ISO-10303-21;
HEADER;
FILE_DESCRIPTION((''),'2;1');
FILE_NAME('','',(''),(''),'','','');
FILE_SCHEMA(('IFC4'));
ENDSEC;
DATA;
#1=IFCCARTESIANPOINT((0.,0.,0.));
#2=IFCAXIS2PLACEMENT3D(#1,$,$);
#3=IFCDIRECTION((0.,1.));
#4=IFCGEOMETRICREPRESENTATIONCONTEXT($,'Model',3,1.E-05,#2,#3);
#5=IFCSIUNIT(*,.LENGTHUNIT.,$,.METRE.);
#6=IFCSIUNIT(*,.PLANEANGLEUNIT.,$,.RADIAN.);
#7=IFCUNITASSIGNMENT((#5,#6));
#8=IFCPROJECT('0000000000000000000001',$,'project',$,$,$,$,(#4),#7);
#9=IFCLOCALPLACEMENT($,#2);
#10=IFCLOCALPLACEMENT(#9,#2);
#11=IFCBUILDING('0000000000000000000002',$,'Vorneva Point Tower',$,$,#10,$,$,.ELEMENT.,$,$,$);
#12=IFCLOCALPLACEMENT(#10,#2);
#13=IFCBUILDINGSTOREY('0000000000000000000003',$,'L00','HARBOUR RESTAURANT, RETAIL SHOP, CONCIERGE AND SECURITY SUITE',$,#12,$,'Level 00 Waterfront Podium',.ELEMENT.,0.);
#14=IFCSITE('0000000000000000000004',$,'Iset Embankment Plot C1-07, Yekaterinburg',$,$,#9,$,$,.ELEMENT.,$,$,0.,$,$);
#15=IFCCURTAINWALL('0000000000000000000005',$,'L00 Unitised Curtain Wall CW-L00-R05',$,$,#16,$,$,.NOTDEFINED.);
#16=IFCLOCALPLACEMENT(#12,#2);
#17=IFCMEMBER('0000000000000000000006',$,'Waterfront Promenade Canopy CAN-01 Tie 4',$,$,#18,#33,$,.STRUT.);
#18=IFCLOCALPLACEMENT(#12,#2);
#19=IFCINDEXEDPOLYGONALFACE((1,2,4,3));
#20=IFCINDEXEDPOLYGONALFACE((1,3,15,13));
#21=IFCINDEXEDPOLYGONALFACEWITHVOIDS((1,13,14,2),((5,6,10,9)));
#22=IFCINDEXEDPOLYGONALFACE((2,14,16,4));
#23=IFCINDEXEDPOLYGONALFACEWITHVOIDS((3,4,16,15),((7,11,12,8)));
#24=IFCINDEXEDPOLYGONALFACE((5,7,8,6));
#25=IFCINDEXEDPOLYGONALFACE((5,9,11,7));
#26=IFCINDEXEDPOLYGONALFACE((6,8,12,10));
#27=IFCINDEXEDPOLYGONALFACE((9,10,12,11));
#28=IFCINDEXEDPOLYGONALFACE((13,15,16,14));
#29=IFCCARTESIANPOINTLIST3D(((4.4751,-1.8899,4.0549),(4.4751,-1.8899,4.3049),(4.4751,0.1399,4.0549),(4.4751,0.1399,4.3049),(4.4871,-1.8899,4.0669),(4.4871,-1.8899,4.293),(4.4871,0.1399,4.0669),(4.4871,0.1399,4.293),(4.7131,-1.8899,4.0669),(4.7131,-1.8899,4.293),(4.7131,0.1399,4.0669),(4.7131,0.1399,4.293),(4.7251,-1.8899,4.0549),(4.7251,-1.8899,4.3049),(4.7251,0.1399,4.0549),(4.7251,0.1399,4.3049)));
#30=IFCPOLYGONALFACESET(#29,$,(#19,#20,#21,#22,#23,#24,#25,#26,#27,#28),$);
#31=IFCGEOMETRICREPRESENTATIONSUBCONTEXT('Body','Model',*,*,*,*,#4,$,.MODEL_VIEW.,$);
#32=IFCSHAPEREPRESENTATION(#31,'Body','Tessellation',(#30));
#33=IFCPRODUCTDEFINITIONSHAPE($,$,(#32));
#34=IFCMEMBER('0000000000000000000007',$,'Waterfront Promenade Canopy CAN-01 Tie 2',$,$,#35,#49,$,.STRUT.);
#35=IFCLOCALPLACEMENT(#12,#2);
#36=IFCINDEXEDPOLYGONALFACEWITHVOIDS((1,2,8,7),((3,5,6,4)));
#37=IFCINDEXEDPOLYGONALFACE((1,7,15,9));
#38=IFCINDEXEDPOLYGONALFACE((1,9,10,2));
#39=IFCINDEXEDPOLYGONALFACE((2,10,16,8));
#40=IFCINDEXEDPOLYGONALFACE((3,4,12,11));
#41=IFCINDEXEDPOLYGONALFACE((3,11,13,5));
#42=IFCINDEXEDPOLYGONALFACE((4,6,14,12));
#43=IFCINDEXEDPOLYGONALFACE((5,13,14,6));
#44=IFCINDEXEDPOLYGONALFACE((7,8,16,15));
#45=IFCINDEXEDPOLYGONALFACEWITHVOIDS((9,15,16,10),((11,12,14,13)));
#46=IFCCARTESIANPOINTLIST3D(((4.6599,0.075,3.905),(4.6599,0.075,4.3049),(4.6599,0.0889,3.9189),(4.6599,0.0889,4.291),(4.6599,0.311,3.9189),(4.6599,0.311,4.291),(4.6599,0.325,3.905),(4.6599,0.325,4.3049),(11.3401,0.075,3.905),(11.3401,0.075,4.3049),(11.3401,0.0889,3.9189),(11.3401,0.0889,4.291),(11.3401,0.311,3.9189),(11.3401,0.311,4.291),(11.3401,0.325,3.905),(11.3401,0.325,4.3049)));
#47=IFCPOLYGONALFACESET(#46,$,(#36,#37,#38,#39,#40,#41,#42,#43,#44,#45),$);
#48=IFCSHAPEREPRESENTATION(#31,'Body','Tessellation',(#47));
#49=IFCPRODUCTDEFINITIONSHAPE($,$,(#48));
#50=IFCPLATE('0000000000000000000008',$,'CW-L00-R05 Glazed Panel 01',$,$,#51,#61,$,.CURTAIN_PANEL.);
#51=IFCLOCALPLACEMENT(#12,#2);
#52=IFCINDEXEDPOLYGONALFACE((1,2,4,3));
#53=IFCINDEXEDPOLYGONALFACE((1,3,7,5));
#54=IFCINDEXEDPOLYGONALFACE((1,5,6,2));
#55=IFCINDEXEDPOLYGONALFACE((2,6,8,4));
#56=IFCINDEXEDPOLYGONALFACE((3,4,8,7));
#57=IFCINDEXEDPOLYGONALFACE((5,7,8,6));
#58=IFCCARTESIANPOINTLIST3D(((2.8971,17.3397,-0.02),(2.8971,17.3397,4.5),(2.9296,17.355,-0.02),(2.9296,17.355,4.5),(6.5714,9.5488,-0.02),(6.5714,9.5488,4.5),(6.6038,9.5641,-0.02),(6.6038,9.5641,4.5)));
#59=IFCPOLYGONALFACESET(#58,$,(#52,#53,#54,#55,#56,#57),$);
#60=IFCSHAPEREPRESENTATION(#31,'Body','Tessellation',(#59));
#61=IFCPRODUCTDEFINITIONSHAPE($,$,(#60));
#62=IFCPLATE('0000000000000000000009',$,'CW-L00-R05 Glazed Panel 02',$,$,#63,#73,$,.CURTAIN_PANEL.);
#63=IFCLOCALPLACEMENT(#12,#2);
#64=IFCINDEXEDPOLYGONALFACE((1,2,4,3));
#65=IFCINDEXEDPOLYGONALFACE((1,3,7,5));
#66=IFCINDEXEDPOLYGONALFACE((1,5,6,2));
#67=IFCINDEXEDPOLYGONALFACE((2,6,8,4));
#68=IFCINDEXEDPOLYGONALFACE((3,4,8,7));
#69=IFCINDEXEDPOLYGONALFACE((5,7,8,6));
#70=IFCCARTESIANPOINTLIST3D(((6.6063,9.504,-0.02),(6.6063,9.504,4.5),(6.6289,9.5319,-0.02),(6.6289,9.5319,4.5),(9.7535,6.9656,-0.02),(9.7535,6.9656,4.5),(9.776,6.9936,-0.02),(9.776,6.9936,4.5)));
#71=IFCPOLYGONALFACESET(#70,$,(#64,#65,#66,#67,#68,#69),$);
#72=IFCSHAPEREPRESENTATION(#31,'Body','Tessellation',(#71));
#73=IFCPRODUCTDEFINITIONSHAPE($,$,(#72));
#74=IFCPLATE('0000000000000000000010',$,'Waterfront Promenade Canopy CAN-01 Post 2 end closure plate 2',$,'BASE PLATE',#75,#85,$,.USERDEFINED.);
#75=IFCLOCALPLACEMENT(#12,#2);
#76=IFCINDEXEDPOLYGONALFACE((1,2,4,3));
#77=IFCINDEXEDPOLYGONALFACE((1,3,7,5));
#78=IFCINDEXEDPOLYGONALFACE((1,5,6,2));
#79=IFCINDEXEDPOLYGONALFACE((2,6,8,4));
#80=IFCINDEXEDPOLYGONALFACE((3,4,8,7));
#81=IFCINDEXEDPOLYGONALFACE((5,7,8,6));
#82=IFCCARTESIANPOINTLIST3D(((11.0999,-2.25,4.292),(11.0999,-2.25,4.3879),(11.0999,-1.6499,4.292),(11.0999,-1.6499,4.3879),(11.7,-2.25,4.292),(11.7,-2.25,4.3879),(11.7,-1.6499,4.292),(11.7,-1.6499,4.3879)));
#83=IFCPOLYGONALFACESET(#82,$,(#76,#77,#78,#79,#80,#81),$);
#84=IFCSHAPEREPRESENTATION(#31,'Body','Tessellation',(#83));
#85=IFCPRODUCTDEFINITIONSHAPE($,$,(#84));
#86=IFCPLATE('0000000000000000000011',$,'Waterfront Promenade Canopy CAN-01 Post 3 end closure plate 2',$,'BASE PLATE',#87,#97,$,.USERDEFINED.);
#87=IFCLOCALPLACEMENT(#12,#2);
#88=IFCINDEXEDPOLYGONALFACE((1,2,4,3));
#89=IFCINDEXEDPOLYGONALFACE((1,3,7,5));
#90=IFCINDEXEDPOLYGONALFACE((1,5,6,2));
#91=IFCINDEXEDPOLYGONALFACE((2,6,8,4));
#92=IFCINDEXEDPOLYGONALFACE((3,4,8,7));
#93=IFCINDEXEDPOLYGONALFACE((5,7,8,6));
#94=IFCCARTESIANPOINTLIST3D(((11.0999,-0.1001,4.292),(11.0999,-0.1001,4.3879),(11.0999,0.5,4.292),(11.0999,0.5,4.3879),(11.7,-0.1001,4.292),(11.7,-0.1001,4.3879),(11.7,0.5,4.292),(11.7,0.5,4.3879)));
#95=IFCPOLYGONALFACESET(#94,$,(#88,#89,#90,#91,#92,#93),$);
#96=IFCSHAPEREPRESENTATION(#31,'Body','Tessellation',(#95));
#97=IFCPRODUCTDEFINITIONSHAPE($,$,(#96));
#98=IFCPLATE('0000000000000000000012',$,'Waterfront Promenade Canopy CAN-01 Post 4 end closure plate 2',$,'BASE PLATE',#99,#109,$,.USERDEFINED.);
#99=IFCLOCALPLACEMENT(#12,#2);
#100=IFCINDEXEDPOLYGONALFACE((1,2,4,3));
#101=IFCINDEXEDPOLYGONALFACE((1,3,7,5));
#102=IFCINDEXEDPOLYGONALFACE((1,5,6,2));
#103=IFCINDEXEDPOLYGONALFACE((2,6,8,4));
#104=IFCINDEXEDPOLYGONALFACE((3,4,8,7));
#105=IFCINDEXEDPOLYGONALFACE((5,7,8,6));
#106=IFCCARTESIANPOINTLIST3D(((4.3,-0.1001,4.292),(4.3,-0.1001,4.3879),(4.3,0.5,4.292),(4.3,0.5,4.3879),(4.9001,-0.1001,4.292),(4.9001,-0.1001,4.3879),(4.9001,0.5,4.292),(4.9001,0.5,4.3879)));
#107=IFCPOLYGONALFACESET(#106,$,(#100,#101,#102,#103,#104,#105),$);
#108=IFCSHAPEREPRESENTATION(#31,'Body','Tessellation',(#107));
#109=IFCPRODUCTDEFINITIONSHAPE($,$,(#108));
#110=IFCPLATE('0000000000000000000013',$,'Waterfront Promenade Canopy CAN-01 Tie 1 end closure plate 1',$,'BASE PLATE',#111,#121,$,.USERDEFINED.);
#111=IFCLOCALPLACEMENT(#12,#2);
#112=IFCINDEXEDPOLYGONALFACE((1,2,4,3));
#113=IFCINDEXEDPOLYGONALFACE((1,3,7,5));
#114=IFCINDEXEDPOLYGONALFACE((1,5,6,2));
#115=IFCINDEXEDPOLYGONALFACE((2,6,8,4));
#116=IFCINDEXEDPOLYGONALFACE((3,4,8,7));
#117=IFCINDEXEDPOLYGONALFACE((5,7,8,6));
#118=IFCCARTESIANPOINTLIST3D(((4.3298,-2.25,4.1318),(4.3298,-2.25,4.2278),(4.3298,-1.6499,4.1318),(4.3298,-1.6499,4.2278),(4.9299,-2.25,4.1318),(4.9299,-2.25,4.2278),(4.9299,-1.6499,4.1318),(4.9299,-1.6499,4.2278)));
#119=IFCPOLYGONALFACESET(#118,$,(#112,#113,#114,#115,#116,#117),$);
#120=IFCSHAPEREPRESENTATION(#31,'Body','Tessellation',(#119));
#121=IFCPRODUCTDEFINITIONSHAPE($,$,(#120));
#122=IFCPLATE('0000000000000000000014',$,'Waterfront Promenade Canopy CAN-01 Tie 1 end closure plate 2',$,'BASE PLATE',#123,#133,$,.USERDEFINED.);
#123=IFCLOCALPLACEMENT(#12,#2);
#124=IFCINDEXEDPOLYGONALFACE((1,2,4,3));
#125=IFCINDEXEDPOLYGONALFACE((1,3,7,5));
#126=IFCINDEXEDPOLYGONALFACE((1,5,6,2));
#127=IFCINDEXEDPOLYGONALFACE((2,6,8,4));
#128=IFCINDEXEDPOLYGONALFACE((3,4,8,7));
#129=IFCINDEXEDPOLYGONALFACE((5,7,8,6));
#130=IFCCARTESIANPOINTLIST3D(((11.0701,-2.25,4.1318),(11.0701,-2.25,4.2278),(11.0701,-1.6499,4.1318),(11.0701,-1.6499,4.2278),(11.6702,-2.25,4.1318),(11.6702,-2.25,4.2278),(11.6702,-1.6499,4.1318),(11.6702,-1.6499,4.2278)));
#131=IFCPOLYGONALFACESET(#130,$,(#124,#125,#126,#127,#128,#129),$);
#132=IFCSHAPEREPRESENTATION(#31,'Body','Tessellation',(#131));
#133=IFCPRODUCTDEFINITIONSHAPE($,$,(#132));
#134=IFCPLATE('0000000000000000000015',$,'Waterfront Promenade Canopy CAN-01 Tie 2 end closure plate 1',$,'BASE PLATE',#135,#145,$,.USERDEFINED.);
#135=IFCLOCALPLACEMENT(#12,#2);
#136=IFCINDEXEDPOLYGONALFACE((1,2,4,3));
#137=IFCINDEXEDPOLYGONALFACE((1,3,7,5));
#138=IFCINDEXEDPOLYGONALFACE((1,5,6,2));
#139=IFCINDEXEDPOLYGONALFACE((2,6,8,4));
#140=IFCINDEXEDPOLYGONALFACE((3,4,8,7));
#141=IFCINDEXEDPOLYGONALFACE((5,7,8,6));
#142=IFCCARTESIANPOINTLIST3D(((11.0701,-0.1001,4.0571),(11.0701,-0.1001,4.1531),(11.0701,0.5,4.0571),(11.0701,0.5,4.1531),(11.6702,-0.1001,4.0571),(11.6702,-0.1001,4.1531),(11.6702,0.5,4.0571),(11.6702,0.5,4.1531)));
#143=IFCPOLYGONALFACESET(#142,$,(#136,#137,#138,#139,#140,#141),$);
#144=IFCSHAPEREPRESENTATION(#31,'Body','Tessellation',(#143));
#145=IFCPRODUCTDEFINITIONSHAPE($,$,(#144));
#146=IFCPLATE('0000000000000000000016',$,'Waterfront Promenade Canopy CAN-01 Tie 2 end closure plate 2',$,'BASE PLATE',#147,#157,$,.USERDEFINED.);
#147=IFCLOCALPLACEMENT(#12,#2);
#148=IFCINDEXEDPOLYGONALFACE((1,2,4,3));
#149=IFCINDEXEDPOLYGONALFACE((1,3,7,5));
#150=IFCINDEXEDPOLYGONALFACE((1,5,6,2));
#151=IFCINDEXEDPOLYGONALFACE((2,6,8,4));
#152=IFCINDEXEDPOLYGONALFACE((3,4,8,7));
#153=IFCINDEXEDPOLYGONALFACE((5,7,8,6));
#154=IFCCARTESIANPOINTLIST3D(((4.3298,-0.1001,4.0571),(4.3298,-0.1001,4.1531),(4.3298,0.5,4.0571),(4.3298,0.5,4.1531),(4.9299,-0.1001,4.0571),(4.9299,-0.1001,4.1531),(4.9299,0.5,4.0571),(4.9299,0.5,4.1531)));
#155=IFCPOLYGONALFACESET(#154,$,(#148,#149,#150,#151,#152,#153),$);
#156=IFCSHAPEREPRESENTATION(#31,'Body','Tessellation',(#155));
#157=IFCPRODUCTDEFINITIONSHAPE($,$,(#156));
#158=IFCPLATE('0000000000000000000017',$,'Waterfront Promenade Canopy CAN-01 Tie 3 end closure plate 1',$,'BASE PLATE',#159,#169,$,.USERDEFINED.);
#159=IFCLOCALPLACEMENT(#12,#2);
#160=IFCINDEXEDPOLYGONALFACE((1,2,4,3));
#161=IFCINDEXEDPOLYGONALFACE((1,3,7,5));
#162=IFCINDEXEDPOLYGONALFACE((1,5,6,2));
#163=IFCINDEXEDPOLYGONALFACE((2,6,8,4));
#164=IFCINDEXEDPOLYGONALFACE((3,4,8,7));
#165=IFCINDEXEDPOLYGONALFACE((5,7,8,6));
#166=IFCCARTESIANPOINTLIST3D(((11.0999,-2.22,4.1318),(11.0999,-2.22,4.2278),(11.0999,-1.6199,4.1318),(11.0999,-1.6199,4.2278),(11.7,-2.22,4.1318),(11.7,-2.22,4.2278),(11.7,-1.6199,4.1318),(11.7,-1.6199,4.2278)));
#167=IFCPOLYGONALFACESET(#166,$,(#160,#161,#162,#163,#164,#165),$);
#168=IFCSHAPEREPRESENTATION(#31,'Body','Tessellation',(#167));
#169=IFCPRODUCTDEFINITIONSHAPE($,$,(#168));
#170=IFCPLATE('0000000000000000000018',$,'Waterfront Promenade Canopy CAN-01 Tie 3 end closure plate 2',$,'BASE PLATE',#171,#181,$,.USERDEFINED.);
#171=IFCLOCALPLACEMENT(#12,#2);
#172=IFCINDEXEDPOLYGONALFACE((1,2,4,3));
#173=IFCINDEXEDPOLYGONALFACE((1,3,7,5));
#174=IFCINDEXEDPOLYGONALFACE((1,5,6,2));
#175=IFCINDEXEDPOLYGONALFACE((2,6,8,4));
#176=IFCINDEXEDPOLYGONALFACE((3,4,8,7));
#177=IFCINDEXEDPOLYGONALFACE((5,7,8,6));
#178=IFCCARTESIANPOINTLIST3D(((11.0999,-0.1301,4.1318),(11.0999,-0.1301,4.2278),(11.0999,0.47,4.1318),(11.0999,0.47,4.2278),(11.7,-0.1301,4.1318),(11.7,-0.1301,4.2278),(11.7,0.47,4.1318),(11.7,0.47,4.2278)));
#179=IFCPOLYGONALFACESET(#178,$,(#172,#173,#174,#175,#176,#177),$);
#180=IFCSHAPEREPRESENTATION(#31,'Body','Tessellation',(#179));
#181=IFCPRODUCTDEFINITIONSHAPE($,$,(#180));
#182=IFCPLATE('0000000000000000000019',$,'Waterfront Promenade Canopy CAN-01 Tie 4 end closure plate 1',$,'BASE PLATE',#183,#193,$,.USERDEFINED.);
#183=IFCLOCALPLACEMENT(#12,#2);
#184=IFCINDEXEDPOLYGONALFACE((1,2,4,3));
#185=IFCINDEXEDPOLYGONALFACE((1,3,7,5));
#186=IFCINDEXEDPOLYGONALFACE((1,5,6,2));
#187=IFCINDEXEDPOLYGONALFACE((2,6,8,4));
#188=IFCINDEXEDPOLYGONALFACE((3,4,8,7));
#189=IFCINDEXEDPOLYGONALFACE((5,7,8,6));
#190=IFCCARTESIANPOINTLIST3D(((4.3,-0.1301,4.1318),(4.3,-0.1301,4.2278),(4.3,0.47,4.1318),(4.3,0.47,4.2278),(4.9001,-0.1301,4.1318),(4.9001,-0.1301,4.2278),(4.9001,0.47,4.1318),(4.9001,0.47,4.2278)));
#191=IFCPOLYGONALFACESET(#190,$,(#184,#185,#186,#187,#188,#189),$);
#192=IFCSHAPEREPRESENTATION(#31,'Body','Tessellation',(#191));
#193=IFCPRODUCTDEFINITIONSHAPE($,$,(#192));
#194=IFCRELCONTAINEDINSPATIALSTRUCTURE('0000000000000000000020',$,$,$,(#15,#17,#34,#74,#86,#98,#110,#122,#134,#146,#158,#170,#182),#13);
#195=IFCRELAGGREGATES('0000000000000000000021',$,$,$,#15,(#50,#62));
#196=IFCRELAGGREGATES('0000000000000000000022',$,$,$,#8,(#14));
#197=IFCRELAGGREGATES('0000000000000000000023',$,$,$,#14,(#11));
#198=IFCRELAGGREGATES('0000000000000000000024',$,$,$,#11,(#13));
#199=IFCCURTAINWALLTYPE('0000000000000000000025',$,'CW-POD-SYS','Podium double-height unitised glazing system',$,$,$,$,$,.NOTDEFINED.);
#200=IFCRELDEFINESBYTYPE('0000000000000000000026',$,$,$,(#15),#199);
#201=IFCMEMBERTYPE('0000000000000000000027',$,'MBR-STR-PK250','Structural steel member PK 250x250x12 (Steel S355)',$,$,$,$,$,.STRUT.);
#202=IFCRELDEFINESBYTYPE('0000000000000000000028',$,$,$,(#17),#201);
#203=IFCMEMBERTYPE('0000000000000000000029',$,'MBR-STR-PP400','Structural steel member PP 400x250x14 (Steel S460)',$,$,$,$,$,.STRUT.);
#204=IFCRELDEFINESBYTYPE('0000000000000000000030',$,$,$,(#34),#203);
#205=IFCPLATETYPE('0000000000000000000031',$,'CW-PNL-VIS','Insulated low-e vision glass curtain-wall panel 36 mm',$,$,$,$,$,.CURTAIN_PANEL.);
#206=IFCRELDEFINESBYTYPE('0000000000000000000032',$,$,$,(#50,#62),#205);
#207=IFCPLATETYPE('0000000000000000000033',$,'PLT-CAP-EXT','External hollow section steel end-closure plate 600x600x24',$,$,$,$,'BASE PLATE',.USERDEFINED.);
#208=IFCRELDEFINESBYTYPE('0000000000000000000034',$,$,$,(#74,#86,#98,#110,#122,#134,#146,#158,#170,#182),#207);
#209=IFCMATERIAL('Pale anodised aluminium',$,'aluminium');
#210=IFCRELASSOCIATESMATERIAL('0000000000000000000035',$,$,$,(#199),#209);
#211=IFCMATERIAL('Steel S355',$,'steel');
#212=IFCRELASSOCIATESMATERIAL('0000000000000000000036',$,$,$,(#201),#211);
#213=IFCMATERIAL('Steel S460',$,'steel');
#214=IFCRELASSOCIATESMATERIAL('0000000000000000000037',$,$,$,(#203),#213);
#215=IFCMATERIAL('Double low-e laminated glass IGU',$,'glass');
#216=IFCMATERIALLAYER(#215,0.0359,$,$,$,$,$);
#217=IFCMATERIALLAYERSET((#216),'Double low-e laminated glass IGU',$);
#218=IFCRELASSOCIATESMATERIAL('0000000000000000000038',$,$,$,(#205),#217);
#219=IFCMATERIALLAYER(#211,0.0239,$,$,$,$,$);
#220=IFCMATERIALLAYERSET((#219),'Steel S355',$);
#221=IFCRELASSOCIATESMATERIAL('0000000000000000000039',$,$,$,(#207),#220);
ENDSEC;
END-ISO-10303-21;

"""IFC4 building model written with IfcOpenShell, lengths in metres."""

from ifc_helpers import new_model, si_unit, direction, frame, origin, origin_2d, place, context, subcontext, project, spatial, rectangle, hollow_rectangle, extrude, material, layer, layer_set, material_profile, profile_set, type_object, element, aggregate, save


model = new_model("IFC4")

# Units and contexts
model_context = context("Model", 3, precision=1e-05, world=origin(), true_north=direction((0.0, 1.0)))
body_context = subcontext(model_context, "Body", "Model", "MODEL_VIEW")
ifc_project = project(units=[si_unit("LENGTHUNIT", "METRE"), si_unit("PLANEANGLEUNIT", "RADIAN")], contexts=[model_context])

# Site, building, storey
site_placement = place(None, origin())
site = spatial("IfcSite", under=ifc_project, at=site_placement, Name="Iset Embankment Plot C1-07, Yekaterinburg", CompositionType="ELEMENT", RefElevation=0.0)
building_placement = place(site_placement, origin())
building = spatial("IfcBuilding", under=site, at=building_placement, Name="Vorneva Point Tower", CompositionType="ELEMENT")
storey_placement = place(building_placement, origin())
storey = spatial("IfcBuildingStorey", under=building, at=storey_placement, Name="L00", Description="HARBOUR RESTAURANT, RETAIL SHOP, CONCIERGE AND SECURITY SUITE", LongName="Level 00 Waterfront Podium", CompositionType="ELEMENT", Elevation=0.0)

# Shared definitions
ifc_material_1 = material(Name="Steel S355", Category="steel")

# Curtain wall
ifc_material_2 = material(Name="Pale anodised aluminium", Category="aluminium")
curtain_wall_type = type_object("IfcCurtainWallType", Name="CW-POD-SYS", Description="Podium double-height unitised glazing system", PredefinedType="NOTDEFINED", material=ifc_material_2)
curtain_wall_1_placement = place(storey_placement, origin())
curtain_wall_1 = element("IfcCurtainWall", 1, at=curtain_wall_1_placement, inside=storey, type_object=curtain_wall_type, Name="L00 Unitised Curtain Wall CW-L00-R05", PredefinedType="NOTDEFINED")

# Members
ifc_material_profile_1 = material_profile(ifc_material_1, hollow_rectangle(XDim=0.25, YDim=0.25, WallThickness=0.012, at=origin_2d()), Name="PK 250x250x12")
ifc_profile_set_1 = profile_set([ifc_material_profile_1], Name="Steel S355")
member_type_1 = type_object("IfcMemberType", Name="MBR-STR-PK250", Description="Structural steel member PK 250x250x12 (Steel S355)", PredefinedType="STRUT", material=ifc_profile_set_1)
for number, where, z_axis, x_axis, name in (
    (2, (4.6001, 0.1399, 4.1799), (0.0, -1.0, 0.0), (1.0, 0.0, 0.0), "Waterfront Promenade Canopy CAN-01 Tie 4"),
):
    element("IfcMember", number, at=place(storey_placement, frame(where, z_axis=z_axis, x_axis=x_axis)), inside=storey, type_object=member_type_1, Name=name, PredefinedType="STRUT", context=body_context, shape_type="SweptSolid", body=[
        extrude(hollow_rectangle(XDim=0.25, YDim=0.25, WallThickness=0.012, at=origin_2d()), origin(), (0.0, 0.0, 1.0), 2.0298),
    ])
ifc_material_3 = material(Name="Steel S460", Category="steel")
ifc_material_profile_2 = material_profile(ifc_material_3, hollow_rectangle(XDim=0.25, YDim=0.3999, WallThickness=0.0139, at=origin_2d()), Name="PP 400x250x14")
ifc_profile_set_2 = profile_set([ifc_material_profile_2], Name="Steel S460")
member_type_2 = type_object("IfcMemberType", Name="MBR-STR-PP400", Description="Structural steel member PP 400x250x14 (Steel S460)", PredefinedType="STRUT", material=ifc_profile_set_2)
member_1_placement = place(storey_placement, frame((11.3401, 0.2, 4.105), z_axis=(-1.0, 0.0, 0.0), x_axis=(0.0, -1.0, 0.0)))
element("IfcMember", 3, at=member_1_placement, inside=storey, type_object=member_type_2, Name="Waterfront Promenade Canopy CAN-01 Tie 2", PredefinedType="STRUT", context=body_context, shape_type="SweptSolid", body=[
    extrude(hollow_rectangle(XDim=0.25, YDim=0.3999, WallThickness=0.0139, at=origin_2d()), origin(), (0.0, 0.0, 1.0), 6.6802),
])

# Plates
ifc_material_4 = material(Name="Double low-e laminated glass IGU", Category="glass")
ifc_layer_1 = layer(ifc_material_4, 0.0359)
ifc_layer_set_1 = layer_set([ifc_layer_1], Name="Double low-e laminated glass IGU")
plate_type_1 = type_object("IfcPlateType", Name="CW-PNL-VIS", Description="Insulated low-e vision glass curtain-wall panel 36 mm", PredefinedType="CURTAIN_PANEL", material=ifc_layer_set_1)
plate_1_placement = place(storey_placement, frame((4.7505, 13.4519, -0.02), z_axis=(0.0, 0.0, 1.0), x_axis=(0.426553, -0.904463, 0.0)))
plate_1 = element("IfcPlate", 4, at=plate_1_placement, type_object=plate_type_1, Name="CW-L00-R05 Glazed Panel 01", PredefinedType="CURTAIN_PANEL", context=body_context, shape_type="SweptSolid", body=[
    extrude(rectangle(XDim=8.6138, YDim=0.0359, at=origin_2d()), origin(), (0.0, 0.0, 1.0), 4.52),
])
plate_2_placement = place(storey_placement, frame((8.1912, 8.2488, -0.02), z_axis=(0.0, 0.0, 1.0), x_axis=(0.778375, -0.6278, 0.0)))
plate_2 = element("IfcPlate", 5, at=plate_2_placement, type_object=plate_type_1, Name="CW-L00-R05 Glazed Panel 02", PredefinedType="CURTAIN_PANEL", context=body_context, shape_type="SweptSolid", body=[
    extrude(rectangle(XDim=4.0432, YDim=0.0359, at=origin_2d()), origin(), (0.0, 0.0, 1.0), 4.52),
])
aggregate(curtain_wall_1, [plate_1, plate_2])

# Plates
ifc_layer_2 = layer(ifc_material_1, 0.0239)
ifc_layer_set_2 = layer_set([ifc_layer_2], Name="Steel S355")
plate_type_2 = type_object("IfcPlateType", Name="PLT-CAP-EXT", Description="External hollow section steel end-closure plate 600x600x24", ElementType="BASE PLATE", PredefinedType="USERDEFINED", material=ifc_layer_set_2)
for number, where, z_axis, x_axis, name in (
    (6, (11.3999, -1.95, 4.292), (0.0, 0.0, 1.0), (1.0, 0.0, 0.0), "Waterfront Promenade Canopy CAN-01 Post 2 end closure plate 2"),
    (7, (11.3999, 0.2, 4.292), (0.0, 0.0, 1.0), (1.0, 0.0, 0.0), "Waterfront Promenade Canopy CAN-01 Post 3 end closure plate 2"),
    (8, (4.6001, 0.2, 4.292), (0.0, 0.0, 1.0), (1.0, 0.0, 0.0), "Waterfront Promenade Canopy CAN-01 Post 4 end closure plate 2"),
    (9, (4.6299, -1.95, 4.1318), (0.0, 0.0, 1.0), (1.0, 0.0, 0.0), "Waterfront Promenade Canopy CAN-01 Tie 1 end closure plate 1"),
    (10, (11.3701, -1.95, 4.1318), (0.0, 0.0, 1.0), (1.0, 0.0, 0.0), "Waterfront Promenade Canopy CAN-01 Tie 1 end closure plate 2"),
    (11, (11.3701, 0.2, 4.0571), (0.0, 0.0, 1.0), (-1.0, 0.0, 0.0), "Waterfront Promenade Canopy CAN-01 Tie 2 end closure plate 1"),
    (12, (4.6299, 0.2, 4.0571), (0.0, 0.0, 1.0), (-1.0, 0.0, 0.0), "Waterfront Promenade Canopy CAN-01 Tie 2 end closure plate 2"),
    (13, (11.3999, -1.9199, 4.1318), (0.0, 0.0, 1.0), (0.0, 1.0, 0.0), "Waterfront Promenade Canopy CAN-01 Tie 3 end closure plate 1"),
    (14, (11.3999, 0.1699, 4.1318), (0.0, 0.0, 1.0), (0.0, 1.0, 0.0), "Waterfront Promenade Canopy CAN-01 Tie 3 end closure plate 2"),
    (15, (4.6001, 0.1699, 4.1318), (0.0, 0.0, 1.0), (0.0, -1.0, 0.0), "Waterfront Promenade Canopy CAN-01 Tie 4 end closure plate 1"),
):
    element("IfcPlate", number, at=place(storey_placement, frame(where, z_axis=z_axis, x_axis=x_axis)), inside=storey, type_object=plate_type_2, Name=name, ObjectType="BASE PLATE", PredefinedType="USERDEFINED", context=body_context, shape_type="SweptSolid", body=[
        extrude(rectangle(XDim=0.6001, YDim=0.6001, at=origin_2d()), origin(), (0.0, 0.0, 1.0), 0.0959),
    ])

save(model, "model.ifc")
